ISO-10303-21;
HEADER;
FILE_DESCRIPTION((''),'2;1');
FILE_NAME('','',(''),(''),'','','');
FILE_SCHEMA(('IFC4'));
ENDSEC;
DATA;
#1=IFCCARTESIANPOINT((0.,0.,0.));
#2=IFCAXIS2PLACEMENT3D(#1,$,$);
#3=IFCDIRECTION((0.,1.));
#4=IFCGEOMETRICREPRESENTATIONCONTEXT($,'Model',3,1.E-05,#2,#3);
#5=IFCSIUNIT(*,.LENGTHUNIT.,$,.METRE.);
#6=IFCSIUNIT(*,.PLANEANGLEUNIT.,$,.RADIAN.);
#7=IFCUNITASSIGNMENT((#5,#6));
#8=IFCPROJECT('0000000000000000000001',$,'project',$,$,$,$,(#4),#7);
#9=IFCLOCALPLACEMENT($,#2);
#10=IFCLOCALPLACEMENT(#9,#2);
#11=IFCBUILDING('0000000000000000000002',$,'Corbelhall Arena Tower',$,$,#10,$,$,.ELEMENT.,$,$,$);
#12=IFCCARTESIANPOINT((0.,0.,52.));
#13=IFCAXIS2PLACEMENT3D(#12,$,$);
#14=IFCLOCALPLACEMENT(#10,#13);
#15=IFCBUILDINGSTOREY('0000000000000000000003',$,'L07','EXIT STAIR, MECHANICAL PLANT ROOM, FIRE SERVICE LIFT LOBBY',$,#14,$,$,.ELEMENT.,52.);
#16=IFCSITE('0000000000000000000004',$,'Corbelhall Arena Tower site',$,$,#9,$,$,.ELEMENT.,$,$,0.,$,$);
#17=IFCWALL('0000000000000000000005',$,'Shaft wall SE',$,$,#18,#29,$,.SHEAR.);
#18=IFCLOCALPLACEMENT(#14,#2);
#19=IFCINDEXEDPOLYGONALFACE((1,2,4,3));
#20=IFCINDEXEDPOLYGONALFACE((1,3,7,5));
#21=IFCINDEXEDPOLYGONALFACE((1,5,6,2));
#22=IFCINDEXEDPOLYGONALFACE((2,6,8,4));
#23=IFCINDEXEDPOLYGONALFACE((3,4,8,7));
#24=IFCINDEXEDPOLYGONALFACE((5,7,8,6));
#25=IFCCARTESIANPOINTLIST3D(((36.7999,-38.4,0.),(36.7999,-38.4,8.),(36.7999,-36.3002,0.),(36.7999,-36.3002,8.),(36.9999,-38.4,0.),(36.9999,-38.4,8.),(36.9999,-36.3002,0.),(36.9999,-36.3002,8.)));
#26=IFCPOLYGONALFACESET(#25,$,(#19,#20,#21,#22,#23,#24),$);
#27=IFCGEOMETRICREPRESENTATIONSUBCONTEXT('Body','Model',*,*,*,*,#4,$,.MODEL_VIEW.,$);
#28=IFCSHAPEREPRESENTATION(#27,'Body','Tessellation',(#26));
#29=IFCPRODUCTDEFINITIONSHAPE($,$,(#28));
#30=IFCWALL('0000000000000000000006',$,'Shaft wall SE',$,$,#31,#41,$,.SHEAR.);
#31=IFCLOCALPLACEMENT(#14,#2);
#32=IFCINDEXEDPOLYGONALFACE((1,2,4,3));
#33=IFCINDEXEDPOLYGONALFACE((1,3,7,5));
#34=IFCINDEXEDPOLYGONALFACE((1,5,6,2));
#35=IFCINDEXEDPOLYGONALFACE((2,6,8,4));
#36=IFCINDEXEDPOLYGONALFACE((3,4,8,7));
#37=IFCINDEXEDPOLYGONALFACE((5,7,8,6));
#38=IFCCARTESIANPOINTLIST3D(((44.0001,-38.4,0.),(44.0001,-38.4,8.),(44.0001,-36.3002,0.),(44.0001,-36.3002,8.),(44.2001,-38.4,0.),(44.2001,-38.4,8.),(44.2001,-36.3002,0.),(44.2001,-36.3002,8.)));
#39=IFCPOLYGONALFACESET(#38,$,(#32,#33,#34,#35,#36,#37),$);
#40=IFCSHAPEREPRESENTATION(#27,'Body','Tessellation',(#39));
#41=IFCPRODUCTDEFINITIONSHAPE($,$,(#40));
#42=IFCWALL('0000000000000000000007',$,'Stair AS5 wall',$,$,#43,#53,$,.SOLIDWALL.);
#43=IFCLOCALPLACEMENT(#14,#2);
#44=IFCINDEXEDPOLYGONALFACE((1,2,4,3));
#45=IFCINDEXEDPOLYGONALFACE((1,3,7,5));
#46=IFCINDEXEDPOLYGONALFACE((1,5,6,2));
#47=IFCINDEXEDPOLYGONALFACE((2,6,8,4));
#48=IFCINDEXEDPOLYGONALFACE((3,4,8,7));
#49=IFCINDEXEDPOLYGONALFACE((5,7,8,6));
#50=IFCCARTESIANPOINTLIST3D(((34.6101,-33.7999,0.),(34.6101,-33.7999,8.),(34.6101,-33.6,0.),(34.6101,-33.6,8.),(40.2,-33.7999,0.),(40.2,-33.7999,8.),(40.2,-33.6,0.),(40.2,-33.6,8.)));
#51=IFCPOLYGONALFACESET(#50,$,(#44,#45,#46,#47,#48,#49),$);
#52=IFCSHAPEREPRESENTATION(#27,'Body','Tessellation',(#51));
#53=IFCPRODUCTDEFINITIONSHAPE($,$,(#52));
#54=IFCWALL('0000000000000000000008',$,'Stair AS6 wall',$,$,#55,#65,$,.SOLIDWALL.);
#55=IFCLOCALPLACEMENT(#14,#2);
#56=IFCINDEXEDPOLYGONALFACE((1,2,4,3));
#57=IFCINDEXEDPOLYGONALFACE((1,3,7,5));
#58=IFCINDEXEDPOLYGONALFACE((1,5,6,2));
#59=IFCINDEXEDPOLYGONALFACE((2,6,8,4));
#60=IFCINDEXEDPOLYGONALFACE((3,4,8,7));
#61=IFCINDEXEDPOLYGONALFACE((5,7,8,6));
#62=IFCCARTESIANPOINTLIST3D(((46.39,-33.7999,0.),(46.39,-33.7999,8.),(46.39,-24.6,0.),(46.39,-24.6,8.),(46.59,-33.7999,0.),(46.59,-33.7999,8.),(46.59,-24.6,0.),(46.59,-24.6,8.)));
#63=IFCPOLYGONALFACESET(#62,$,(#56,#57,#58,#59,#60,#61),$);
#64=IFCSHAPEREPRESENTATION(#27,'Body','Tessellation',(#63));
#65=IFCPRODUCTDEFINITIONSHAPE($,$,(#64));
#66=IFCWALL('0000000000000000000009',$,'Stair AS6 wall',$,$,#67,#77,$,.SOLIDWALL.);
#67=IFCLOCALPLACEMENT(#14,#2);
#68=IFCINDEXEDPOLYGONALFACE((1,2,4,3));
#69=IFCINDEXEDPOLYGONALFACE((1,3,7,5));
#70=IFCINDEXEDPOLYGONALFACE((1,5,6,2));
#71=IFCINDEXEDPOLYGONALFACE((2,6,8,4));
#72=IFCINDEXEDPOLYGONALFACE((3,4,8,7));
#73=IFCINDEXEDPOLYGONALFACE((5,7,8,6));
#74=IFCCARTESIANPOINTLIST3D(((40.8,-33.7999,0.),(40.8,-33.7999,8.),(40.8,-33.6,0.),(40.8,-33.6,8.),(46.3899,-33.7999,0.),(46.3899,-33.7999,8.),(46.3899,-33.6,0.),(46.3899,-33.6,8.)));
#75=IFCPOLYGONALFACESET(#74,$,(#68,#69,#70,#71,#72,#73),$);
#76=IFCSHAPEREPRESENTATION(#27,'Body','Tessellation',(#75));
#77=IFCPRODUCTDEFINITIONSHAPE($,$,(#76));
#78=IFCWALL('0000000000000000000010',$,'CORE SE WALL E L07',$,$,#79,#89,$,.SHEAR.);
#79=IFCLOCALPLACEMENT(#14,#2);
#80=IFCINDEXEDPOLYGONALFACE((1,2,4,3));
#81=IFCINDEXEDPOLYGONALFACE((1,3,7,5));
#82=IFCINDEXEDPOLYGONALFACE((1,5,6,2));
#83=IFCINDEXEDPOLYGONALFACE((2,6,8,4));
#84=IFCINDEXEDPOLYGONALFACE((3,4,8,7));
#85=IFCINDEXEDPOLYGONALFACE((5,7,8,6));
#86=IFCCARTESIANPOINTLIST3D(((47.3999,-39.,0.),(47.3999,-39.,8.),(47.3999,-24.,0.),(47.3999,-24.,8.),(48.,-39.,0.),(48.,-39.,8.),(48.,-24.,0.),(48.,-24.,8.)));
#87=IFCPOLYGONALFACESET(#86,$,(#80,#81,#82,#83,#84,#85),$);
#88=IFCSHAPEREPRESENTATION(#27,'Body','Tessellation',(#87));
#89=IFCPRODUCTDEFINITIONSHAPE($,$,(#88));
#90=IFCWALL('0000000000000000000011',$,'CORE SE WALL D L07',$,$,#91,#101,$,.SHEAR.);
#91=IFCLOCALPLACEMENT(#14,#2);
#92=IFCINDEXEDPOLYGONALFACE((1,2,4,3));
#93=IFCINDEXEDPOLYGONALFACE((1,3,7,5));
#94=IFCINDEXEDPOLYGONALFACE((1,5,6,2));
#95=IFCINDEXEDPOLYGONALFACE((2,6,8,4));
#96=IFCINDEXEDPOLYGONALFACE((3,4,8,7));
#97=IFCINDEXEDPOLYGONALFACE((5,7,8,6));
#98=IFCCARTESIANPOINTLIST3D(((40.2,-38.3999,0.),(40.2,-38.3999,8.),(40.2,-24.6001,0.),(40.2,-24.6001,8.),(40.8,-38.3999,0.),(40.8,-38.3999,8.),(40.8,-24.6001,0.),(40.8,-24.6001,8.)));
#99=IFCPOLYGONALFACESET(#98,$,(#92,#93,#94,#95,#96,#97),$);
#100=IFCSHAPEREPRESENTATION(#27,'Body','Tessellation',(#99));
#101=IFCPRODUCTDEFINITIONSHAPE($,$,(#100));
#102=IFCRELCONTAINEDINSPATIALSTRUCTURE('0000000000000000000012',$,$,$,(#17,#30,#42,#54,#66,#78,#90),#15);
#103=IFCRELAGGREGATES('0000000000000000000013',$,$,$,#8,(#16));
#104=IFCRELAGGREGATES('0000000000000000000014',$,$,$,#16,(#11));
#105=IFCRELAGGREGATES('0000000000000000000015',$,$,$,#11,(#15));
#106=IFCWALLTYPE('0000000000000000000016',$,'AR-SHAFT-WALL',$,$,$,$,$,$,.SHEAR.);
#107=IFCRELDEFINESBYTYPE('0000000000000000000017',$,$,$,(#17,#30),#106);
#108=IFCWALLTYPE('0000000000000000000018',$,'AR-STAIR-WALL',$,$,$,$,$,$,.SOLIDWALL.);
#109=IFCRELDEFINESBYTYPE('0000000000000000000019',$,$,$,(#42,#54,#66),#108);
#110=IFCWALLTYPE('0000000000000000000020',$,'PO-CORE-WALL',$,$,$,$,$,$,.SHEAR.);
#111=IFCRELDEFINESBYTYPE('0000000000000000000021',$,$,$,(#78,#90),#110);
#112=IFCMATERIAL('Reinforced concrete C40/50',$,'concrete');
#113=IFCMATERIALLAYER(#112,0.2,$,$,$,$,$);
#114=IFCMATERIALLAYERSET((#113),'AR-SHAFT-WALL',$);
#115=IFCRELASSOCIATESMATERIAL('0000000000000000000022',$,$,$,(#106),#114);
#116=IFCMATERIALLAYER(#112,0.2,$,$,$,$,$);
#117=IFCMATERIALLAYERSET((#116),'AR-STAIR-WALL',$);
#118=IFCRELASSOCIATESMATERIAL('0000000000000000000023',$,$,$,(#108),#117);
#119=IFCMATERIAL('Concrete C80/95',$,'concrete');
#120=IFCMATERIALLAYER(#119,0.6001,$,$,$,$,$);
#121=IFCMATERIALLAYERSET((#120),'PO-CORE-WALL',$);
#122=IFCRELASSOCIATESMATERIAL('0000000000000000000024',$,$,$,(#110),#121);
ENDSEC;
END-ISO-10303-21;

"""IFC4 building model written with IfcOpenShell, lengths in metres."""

from ifc_helpers import new_model, si_unit, direction, frame, frame_2d, origin, place, context, subcontext, project, spatial, rectangle, extrude, material, layer, layer_set, type_object, element, save


model = new_model("IFC4")

# Units and contexts
model_context = context("Model", 3, precision=1e-05, world=origin(), true_north=direction((0.0, 1.0)))
body_context = subcontext(model_context, "Body", "Model", "MODEL_VIEW")
ifc_project = project(units=[si_unit("LENGTHUNIT", "METRE"), si_unit("PLANEANGLEUNIT", "RADIAN")], contexts=[model_context])

# Site, building, storey
site_placement = place(None, origin())
site = spatial("IfcSite", under=ifc_project, at=site_placement, Name="Corbelhall Arena Tower site", CompositionType="ELEMENT", RefElevation=0.0)
building_placement = place(site_placement, origin())
building = spatial("IfcBuilding", under=site, at=building_placement, Name="Corbelhall Arena Tower", CompositionType="ELEMENT")
storey_placement = place(building_placement, frame((0.0, 0.0, 52.0)))
storey = spatial("IfcBuildingStorey", under=building, at=storey_placement, Name="L07", Description="EXIT STAIR, MECHANICAL PLANT ROOM, FIRE SERVICE LIFT LOBBY", CompositionType="ELEMENT", Elevation=52.0)

# Shared definitions
ifc_material_1 = material(Name="Reinforced concrete C40/50", Category="concrete")
ifc_layer_1 = layer(ifc_material_1, 0.2)
ifc_layer_set_1 = layer_set([ifc_layer_1], Name="AR-SHAFT-WALL")
wall_type_1 = type_object("IfcWallType", Name="AR-SHAFT-WALL", PredefinedType="SHEAR", material=ifc_layer_set_1)

# Walls
for number, where, z_axis, x_axis, name in (
    (1, (36.8999, -38.3999, 0.0), (0.0, 0.0, 1.0), (0.0, 1.0, 0.0), "Shaft wall SE"),
    (2, (44.1001, -38.3999, 0.0), (0.0, 0.0, 1.0), (0.0, 1.0, 0.0), "Shaft wall SE"),
):
    element("IfcWall", number, at=place(storey_placement, frame(where, z_axis=z_axis, x_axis=x_axis)), inside=storey, type_object=wall_type_1, Name=name, PredefinedType="SHEAR", context=body_context, shape_type="SweptSolid", body=[
        extrude(rectangle(XDim=2.0999, YDim=0.2, at=frame_2d((1.0498, 0.0))), origin(), (0.0, 0.0, 1.0), 8.0),
    ])

# Shared definitions
ifc_layer_2 = layer(ifc_material_1, 0.2)
ifc_layer_set_2 = layer_set([ifc_layer_2], Name="AR-STAIR-WALL")
wall_type_2 = type_object("IfcWallType", Name="AR-STAIR-WALL", PredefinedType="SOLIDWALL", material=ifc_layer_set_2)

# Walls
wall_1_placement = place(storey_placement, frame((34.6101, -33.7, 0.0), z_axis=(0.0, 0.0, 1.0), x_axis=(1.0, 0.0, 0.0)))
element("IfcWall", 3, at=wall_1_placement, inside=storey, type_object=wall_type_2, Name="Stair AS5 wall", PredefinedType="SOLIDWALL", context=body_context, shape_type="SweptSolid", body=[
    extrude(rectangle(XDim=5.5898, YDim=0.2, at=frame_2d((2.7949, 0.0))), origin(), (0.0, 0.0, 1.0), 8.0),
])
wall_2_placement = place(storey_placement, frame((46.49, -33.8, 0.0), z_axis=(0.0, 0.0, 1.0), x_axis=(0.0, 1.0, 0.0)))
element("IfcWall", 4, at=wall_2_placement, inside=storey, type_object=wall_type_2, Name="Stair AS6 wall", PredefinedType="SOLIDWALL", context=body_context, shape_type="SweptSolid", body=[
    extrude(rectangle(XDim=9.2, YDim=0.2, at=frame_2d((4.6001, 0.0))), origin(), (0.0, 0.0, 1.0), 8.0),
])
wall_3_placement = place(storey_placement, frame((40.8, -33.7, 0.0), z_axis=(0.0, 0.0, 1.0), x_axis=(1.0, 0.0, 0.0)))
element("IfcWall", 5, at=wall_3_placement, inside=storey, type_object=wall_type_2, Name="Stair AS6 wall", PredefinedType="SOLIDWALL", context=body_context, shape_type="SweptSolid", body=[
    extrude(rectangle(XDim=5.5898, YDim=0.2, at=frame_2d((2.7949, 0.0))), origin(), (0.0, 0.0, 1.0), 8.0),
])
ifc_material_2 = material(Name="Concrete C80/95", Category="concrete")
ifc_layer_3 = layer(ifc_material_2, 0.6001)
ifc_layer_set_3 = layer_set([ifc_layer_3], Name="PO-CORE-WALL")
wall_type_3 = type_object("IfcWallType", Name="PO-CORE-WALL", PredefinedType="SHEAR", material=ifc_layer_set_3)
wall_4_placement = place(storey_placement, frame((47.7, -39.0, 0.0), z_axis=(0.0, 0.0, 1.0), x_axis=(0.0, 1.0, 0.0)))
element("IfcWall", 6, at=wall_4_placement, inside=storey, type_object=wall_type_3, Name="CORE SE WALL E L07", PredefinedType="SHEAR", context=body_context, shape_type="SweptSolid", body=[
    extrude(rectangle(XDim=15.0, YDim=0.6001, at=frame_2d((7.5, 0.0))), origin(), (0.0, 0.0, 1.0), 8.0),
])
wall_5_placement = place(storey_placement, frame((40.5, -38.3999, 0.0), z_axis=(0.0, 0.0, 1.0), x_axis=(0.0, 1.0, 0.0)))
element("IfcWall", 7, at=wall_5_placement, inside=storey, type_object=wall_type_3, Name="CORE SE WALL D L07", PredefinedType="SHEAR", context=body_context, shape_type="SweptSolid", body=[
    extrude(rectangle(XDim=13.7998, YDim=0.6001, at=frame_2d((6.8999, 0.0))), origin(), (0.0, 0.0, 1.0), 8.0),
])

save(model, "model.ifc")
